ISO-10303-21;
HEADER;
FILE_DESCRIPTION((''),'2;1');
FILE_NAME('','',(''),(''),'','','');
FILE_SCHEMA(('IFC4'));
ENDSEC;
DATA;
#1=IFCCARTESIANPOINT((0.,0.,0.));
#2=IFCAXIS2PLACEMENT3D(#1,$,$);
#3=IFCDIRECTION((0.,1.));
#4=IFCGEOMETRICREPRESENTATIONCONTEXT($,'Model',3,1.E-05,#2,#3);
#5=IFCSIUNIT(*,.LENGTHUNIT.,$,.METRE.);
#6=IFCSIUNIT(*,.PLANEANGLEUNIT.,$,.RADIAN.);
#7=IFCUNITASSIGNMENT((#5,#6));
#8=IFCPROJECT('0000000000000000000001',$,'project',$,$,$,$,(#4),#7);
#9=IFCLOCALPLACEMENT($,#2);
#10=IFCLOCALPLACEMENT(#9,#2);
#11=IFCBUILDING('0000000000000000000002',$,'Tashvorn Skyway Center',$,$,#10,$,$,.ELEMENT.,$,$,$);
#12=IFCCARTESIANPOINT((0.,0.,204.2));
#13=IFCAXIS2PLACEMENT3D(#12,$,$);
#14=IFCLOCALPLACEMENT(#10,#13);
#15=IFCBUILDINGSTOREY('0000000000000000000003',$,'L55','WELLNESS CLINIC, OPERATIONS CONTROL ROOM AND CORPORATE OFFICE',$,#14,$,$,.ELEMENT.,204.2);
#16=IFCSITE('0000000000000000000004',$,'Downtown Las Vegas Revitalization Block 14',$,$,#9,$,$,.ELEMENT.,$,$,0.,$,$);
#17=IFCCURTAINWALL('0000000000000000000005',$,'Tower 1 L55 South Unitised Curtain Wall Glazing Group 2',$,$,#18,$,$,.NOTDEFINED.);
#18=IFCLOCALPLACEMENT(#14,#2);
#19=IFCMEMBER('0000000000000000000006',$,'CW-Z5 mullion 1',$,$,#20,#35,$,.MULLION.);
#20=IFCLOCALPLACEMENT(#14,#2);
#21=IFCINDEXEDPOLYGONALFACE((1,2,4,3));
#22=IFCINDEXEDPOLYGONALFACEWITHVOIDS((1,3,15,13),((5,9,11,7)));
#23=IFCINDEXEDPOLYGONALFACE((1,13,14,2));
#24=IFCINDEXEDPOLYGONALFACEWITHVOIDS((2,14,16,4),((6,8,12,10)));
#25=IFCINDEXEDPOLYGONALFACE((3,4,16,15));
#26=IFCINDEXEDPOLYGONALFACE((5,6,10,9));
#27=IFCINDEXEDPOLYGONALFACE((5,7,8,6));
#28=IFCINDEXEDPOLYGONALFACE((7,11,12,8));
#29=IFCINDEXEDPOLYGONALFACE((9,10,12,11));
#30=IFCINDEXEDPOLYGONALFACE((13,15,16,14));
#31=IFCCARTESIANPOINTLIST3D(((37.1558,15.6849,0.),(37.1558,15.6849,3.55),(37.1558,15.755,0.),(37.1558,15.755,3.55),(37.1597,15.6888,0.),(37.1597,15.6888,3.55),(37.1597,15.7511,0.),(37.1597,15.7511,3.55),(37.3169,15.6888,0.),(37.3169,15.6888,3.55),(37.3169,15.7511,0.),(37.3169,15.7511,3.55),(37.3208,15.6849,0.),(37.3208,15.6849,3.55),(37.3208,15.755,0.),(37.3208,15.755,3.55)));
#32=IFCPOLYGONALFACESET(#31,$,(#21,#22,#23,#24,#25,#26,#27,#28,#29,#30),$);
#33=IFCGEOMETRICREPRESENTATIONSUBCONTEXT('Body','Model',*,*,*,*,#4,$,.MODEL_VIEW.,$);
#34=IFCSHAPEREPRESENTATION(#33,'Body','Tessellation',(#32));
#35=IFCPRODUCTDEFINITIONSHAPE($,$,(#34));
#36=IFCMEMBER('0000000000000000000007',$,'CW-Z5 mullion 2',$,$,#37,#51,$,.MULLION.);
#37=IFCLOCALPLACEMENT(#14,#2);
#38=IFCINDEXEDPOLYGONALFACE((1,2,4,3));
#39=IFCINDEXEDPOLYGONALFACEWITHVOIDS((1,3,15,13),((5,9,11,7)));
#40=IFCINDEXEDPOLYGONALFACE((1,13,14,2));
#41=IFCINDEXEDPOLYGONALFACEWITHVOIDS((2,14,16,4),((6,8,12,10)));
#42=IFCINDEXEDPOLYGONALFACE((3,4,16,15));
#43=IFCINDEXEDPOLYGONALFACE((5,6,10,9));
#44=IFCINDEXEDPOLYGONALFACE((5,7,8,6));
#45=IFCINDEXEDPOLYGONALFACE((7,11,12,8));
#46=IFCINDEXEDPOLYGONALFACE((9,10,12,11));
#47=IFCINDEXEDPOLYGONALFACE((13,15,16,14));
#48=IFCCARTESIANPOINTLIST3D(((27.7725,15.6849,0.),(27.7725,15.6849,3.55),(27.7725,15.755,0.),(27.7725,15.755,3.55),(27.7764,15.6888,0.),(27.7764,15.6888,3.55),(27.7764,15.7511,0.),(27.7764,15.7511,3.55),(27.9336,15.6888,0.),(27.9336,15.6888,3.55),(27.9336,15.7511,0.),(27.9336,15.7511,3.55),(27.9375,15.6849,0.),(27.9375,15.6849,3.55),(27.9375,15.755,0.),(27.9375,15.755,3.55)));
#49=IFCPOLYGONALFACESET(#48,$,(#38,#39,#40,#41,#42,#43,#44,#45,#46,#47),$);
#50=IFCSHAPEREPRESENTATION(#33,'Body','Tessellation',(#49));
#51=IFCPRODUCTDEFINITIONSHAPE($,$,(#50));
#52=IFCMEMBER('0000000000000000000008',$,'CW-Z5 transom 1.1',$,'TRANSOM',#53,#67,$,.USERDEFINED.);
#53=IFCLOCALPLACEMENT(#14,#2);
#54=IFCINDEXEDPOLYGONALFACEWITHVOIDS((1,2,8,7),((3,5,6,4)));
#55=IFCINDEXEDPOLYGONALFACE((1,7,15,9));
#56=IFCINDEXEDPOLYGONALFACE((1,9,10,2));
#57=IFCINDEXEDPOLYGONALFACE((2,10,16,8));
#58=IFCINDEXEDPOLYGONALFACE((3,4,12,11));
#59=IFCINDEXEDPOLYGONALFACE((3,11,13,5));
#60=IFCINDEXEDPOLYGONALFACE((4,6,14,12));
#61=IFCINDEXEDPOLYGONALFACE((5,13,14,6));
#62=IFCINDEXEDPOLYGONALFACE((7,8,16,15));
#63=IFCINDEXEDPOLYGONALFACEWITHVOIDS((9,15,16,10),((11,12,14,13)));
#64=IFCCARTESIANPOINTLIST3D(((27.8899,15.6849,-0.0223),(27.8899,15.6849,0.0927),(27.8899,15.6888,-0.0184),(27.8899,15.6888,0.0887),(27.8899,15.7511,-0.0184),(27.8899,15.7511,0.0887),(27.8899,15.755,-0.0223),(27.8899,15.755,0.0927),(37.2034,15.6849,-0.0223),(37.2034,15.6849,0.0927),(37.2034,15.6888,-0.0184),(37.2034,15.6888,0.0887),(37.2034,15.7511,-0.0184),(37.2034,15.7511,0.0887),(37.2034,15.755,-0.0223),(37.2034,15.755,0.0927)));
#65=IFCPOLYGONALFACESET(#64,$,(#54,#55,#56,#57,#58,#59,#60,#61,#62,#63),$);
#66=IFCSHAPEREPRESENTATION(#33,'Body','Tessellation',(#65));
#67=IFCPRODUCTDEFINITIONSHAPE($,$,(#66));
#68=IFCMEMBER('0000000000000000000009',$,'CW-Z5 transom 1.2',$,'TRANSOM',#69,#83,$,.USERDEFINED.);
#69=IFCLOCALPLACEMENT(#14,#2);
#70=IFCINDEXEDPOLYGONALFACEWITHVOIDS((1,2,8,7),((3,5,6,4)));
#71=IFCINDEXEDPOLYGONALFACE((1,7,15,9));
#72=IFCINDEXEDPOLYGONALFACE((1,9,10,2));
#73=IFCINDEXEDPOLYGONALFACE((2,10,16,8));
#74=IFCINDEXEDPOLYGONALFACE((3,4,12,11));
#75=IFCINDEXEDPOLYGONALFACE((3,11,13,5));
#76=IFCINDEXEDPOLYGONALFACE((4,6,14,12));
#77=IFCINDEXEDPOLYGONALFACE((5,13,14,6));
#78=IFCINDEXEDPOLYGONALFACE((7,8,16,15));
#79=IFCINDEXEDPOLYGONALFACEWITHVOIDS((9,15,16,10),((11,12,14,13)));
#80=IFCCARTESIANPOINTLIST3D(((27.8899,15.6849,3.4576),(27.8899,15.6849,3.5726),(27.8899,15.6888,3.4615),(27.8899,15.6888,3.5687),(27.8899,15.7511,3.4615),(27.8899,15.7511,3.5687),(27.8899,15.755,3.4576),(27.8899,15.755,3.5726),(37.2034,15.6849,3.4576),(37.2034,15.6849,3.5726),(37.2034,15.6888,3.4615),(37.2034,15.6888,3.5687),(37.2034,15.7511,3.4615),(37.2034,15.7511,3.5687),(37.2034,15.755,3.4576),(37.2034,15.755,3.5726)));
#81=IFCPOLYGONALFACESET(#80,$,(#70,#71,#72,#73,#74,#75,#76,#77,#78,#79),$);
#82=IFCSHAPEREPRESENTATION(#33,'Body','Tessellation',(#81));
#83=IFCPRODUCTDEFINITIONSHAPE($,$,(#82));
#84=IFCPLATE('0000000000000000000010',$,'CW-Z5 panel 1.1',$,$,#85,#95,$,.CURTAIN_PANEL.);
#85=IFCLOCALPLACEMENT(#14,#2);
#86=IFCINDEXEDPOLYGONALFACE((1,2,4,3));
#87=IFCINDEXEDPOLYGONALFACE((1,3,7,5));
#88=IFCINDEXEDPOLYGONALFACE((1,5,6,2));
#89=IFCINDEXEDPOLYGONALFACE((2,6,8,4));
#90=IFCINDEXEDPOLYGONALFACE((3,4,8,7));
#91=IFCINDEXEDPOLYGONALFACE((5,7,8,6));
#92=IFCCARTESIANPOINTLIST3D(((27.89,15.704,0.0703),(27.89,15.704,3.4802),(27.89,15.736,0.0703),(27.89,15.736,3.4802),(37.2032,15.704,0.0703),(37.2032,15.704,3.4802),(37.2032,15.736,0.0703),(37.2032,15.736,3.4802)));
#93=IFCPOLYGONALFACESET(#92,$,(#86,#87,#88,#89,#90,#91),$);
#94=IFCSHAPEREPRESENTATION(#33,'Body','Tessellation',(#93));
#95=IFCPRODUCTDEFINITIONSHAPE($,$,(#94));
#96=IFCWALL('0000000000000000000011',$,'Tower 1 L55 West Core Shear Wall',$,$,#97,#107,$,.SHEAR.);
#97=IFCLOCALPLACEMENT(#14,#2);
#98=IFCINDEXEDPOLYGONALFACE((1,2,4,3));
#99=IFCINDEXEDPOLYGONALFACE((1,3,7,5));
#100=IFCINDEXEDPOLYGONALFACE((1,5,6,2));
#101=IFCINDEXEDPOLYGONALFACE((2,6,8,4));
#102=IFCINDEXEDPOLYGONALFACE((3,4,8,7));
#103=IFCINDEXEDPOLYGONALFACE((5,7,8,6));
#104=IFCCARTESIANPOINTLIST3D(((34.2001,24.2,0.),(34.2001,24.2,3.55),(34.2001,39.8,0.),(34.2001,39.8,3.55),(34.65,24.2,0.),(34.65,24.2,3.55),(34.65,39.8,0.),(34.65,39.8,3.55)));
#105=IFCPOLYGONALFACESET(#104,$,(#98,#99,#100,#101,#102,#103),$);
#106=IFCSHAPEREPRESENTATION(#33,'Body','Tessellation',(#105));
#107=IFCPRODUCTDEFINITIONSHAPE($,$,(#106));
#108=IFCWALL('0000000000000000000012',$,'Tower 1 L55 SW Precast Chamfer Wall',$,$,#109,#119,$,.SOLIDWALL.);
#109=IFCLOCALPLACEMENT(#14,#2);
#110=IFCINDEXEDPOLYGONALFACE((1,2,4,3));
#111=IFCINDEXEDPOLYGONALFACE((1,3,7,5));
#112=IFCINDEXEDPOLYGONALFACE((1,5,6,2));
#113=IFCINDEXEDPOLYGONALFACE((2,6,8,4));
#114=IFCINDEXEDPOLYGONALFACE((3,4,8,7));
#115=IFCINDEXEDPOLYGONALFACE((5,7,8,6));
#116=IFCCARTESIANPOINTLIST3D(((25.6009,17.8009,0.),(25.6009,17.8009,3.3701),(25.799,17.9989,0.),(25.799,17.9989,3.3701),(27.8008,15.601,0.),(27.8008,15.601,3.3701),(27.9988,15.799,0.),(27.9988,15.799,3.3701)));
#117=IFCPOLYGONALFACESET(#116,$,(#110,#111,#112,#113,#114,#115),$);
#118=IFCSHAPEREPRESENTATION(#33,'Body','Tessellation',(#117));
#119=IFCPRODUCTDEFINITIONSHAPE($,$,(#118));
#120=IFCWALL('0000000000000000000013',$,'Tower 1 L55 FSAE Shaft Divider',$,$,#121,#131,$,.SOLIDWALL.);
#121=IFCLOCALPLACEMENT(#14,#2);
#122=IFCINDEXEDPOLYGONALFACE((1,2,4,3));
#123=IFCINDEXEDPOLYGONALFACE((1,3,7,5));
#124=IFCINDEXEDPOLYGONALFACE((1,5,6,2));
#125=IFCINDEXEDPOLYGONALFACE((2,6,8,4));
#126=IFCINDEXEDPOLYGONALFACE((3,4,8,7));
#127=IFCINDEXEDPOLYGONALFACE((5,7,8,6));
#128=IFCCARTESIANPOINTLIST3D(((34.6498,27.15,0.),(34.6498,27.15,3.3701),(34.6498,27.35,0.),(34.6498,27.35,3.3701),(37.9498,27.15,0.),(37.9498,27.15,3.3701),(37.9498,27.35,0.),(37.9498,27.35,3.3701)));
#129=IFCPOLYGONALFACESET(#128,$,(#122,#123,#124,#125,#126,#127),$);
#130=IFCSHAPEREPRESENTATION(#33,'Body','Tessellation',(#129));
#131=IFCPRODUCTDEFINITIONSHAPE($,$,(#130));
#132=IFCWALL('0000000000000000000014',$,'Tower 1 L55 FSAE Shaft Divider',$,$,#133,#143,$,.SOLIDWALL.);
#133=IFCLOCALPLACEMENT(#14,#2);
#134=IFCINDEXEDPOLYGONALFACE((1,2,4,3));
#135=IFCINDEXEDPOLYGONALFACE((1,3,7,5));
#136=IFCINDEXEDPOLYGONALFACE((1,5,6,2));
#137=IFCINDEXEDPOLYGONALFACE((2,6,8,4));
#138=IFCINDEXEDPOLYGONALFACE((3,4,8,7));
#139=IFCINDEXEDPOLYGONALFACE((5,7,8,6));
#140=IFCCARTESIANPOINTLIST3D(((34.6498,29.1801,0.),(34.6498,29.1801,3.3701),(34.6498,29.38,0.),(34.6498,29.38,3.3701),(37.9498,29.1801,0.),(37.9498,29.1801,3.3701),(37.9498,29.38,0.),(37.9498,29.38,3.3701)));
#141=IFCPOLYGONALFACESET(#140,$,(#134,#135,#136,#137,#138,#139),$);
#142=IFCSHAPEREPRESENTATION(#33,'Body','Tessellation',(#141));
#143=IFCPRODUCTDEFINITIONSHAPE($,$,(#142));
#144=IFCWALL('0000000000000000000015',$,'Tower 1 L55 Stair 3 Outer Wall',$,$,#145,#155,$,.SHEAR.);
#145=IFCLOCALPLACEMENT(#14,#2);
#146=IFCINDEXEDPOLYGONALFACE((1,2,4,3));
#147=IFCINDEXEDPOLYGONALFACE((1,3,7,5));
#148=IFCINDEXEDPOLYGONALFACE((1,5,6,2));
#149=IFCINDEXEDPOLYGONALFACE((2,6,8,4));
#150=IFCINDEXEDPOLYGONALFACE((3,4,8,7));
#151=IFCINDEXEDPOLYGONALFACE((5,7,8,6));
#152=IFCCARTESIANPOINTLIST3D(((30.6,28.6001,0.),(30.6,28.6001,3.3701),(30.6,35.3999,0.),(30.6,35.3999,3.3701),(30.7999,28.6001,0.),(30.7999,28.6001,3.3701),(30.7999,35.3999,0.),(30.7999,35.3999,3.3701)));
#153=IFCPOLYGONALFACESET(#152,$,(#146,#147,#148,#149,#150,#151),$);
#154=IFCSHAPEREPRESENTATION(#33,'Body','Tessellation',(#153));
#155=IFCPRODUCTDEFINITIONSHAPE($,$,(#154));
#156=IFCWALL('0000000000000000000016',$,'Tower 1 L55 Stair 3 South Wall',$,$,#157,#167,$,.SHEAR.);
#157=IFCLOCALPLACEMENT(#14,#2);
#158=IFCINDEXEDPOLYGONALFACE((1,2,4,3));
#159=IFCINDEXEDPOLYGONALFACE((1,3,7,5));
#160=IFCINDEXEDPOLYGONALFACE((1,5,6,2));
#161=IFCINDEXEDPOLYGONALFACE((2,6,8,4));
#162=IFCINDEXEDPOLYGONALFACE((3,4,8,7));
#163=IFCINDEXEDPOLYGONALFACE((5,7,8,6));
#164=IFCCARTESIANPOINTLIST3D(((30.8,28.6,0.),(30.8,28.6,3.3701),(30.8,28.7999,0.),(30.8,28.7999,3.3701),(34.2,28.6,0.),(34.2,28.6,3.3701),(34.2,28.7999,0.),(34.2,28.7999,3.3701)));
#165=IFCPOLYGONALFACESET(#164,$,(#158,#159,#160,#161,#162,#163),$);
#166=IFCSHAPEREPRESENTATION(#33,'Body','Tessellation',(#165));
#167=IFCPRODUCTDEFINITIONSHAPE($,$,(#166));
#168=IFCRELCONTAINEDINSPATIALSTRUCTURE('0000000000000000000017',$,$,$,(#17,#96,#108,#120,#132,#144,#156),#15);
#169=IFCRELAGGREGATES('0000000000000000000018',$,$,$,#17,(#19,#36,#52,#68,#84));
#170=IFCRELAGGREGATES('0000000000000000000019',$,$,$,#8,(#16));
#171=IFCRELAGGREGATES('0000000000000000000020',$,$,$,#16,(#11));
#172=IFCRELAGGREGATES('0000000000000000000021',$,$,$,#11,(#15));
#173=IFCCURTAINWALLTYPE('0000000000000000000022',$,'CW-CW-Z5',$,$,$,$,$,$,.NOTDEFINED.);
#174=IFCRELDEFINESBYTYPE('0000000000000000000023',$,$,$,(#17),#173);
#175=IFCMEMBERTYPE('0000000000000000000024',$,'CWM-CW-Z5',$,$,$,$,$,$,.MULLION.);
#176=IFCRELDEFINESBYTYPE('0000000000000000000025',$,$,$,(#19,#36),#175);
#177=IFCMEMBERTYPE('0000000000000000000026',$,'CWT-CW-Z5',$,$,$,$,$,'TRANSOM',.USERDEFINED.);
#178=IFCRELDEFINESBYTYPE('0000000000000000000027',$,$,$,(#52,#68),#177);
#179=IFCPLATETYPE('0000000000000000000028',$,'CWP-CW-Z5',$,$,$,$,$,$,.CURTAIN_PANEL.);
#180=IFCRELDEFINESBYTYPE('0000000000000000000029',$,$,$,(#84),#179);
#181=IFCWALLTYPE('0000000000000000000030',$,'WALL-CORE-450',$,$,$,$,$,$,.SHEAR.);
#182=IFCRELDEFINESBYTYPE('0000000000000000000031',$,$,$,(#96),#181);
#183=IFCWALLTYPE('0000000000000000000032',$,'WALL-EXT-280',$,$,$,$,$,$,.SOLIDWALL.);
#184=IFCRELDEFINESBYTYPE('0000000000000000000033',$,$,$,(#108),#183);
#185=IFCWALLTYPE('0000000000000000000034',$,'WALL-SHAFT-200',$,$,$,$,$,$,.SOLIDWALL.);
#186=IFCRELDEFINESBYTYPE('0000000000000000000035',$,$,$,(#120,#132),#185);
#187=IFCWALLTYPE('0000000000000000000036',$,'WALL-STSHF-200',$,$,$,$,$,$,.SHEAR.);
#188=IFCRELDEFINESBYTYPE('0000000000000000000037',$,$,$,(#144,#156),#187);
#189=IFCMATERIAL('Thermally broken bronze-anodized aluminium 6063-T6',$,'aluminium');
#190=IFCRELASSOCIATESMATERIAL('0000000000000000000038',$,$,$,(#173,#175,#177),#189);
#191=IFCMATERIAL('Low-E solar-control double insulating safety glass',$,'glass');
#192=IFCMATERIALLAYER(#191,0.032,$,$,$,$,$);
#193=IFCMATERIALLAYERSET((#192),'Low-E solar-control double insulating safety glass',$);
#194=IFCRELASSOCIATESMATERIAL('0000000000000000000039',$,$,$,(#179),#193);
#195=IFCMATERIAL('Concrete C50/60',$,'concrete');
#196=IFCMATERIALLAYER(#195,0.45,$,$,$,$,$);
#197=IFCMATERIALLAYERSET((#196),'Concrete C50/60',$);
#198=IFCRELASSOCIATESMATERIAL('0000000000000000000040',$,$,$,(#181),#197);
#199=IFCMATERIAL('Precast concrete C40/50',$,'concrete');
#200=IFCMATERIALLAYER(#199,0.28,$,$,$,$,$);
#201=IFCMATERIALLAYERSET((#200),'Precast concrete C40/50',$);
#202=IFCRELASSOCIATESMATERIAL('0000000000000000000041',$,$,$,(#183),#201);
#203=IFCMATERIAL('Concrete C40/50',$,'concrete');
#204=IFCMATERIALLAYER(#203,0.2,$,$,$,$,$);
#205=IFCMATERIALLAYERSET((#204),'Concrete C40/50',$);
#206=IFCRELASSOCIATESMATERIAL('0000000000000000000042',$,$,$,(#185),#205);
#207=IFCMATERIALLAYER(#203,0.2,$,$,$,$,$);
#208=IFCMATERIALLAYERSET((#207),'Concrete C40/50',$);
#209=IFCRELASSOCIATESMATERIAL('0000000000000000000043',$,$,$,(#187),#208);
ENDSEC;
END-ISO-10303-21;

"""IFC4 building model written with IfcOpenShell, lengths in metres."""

from ifc_helpers import new_model, si_unit, direction, frame, frame_2d, origin, origin_2d, place, context, subcontext, project, spatial, rectangle, hollow_rectangle, extrude, material, layer, layer_set, material_profile, profile_set, type_object, element, aggregate, save


model = new_model("IFC4")

# Units and contexts
model_context = context("Model", 3, precision=1e-05, world=origin(), true_north=direction((0.0, 1.0)))
body_context = subcontext(model_context, "Body", "Model", "MODEL_VIEW")
ifc_project = project(units=[si_unit("LENGTHUNIT", "METRE"), si_unit("PLANEANGLEUNIT", "RADIAN")], contexts=[model_context])

# Site, building, storey
site_placement = place(None, origin())
site = spatial("IfcSite", under=ifc_project, at=site_placement, Name="Downtown Las Vegas Revitalization Block 14", CompositionType="ELEMENT", RefElevation=0.0)
building_placement = place(site_placement, origin())
building = spatial("IfcBuilding", under=site, at=building_placement, Name="Tashvorn Skyway Center", CompositionType="ELEMENT")
storey_placement = place(building_placement, frame((0.0, 0.0, 204.2)))
storey = spatial("IfcBuildingStorey", under=building, at=storey_placement, Name="L55", Description="WELLNESS CLINIC, OPERATIONS CONTROL ROOM AND CORPORATE OFFICE", CompositionType="ELEMENT", Elevation=204.2)

# Curtain wall, members, plate
ifc_material_1 = material(Name="Thermally broken bronze-anodized aluminium 6063-T6", Category="aluminium")
curtain_wall_type = type_object("IfcCurtainWallType", Name="CW-CW-Z5", PredefinedType="NOTDEFINED", material=ifc_material_1)
curtain_wall_placement = place(storey_placement, origin())
curtain_wall = element("IfcCurtainWall", 1, at=curtain_wall_placement, inside=storey, type_object=curtain_wall_type, Name="Tower 1 L55 South Unitised Curtain Wall Glazing Group 2", PredefinedType="NOTDEFINED")
ifc_material_profile_1 = material_profile(ifc_material_1, hollow_rectangle(XDim=0.0701, YDim=0.165, WallThickness=0.0039, at=origin_2d()), Name="ALU-MULL-70x165")
ifc_profile_set_1 = profile_set([ifc_material_profile_1], Name="Thermally broken bronze-anodized aluminium 6063-T6")
member_type_1 = type_object("IfcMemberType", Name="CWM-CW-Z5", PredefinedType="MULLION", material=ifc_profile_set_1)
member_1_placement = place(storey_placement, frame((37.2383, 15.72, 0.0), z_axis=(0.0, 0.0, 1.0), x_axis=(0.0, -1.0, 0.0)))
member_1 = element("IfcMember", 2, at=member_1_placement, type_object=member_type_1, Name="CW-Z5 mullion 1", PredefinedType="MULLION", context=body_context, shape_type="SweptSolid", body=[
    extrude(hollow_rectangle(XDim=0.0701, YDim=0.165, WallThickness=0.0039, at=origin_2d()), origin(), (0.0, 0.0, 1.0), 3.55),
])
member_2_placement = place(storey_placement, frame((27.855, 15.72, 0.0), z_axis=(0.0, 0.0, 1.0), x_axis=(0.0, -1.0, 0.0)))
member_2 = element("IfcMember", 3, at=member_2_placement, type_object=member_type_1, Name="CW-Z5 mullion 2", PredefinedType="MULLION", context=body_context, shape_type="SweptSolid", body=[
    extrude(hollow_rectangle(XDim=0.0701, YDim=0.165, WallThickness=0.0039, at=origin_2d()), origin(), (0.0, 0.0, 1.0), 3.55),
])
ifc_material_profile_2 = material_profile(ifc_material_1, hollow_rectangle(XDim=0.0701, YDim=0.115, WallThickness=0.0039, at=origin_2d()), Name="ALU-TRAN-70x115")
ifc_profile_set_2 = profile_set([ifc_material_profile_2], Name="Thermally broken bronze-anodized aluminium 6063-T6")
member_type_2 = type_object("IfcMemberType", Name="CWT-CW-Z5", ElementType="TRANSOM", PredefinedType="USERDEFINED", material=ifc_profile_set_2)
member_3_placement = place(storey_placement, frame((37.2034, 15.72, 0.0352), z_axis=(-1.0, 0.0, 0.0), x_axis=(0.0, -1.0, 0.0)))
member_3 = element("IfcMember", 4, at=member_3_placement, type_object=member_type_2, Name="CW-Z5 transom 1.1", ObjectType="TRANSOM", PredefinedType="USERDEFINED", context=body_context, shape_type="SweptSolid", body=[
    extrude(hollow_rectangle(XDim=0.0701, YDim=0.115, WallThickness=0.0039, at=origin_2d()), origin(), (0.0, 0.0, 1.0), 9.3135),
])
member_4_placement = place(storey_placement, frame((37.2034, 15.72, 3.5151), z_axis=(-1.0, 0.0, 0.0), x_axis=(0.0, -1.0, 0.0)))
member_4 = element("IfcMember", 5, at=member_4_placement, type_object=member_type_2, Name="CW-Z5 transom 1.2", ObjectType="TRANSOM", PredefinedType="USERDEFINED", context=body_context, shape_type="SweptSolid", body=[
    extrude(hollow_rectangle(XDim=0.0701, YDim=0.115, WallThickness=0.0039, at=origin_2d()), origin(), (0.0, 0.0, 1.0), 9.3135),
])
ifc_material_2 = material(Name="Low-E solar-control double insulating safety glass", Category="glass")
ifc_layer_1 = layer(ifc_material_2, 0.032)
ifc_layer_set_1 = layer_set([ifc_layer_1], Name="Low-E solar-control double insulating safety glass")
plate_type = type_object("IfcPlateType", Name="CWP-CW-Z5", PredefinedType="CURTAIN_PANEL", material=ifc_layer_set_1)
plate_placement = place(storey_placement, frame((32.5466, 15.72, 0.0703), z_axis=(0.0, 0.0, 1.0), x_axis=(-1.0, 0.0, 0.0)))
plate = element("IfcPlate", 6, at=plate_placement, type_object=plate_type, Name="CW-Z5 panel 1.1", PredefinedType="CURTAIN_PANEL", context=body_context, shape_type="SweptSolid", body=[
    extrude(rectangle(XDim=9.3132, YDim=0.032, at=origin_2d()), origin(), (0.0, 0.0, 1.0), 3.4099),
])
aggregate(curtain_wall, [member_1, member_2, member_3, member_4, plate])

# Walls
ifc_material_3 = material(Name="Concrete C50/60", Category="concrete")
ifc_layer_2 = layer(ifc_material_3, 0.45)
ifc_layer_set_2 = layer_set([ifc_layer_2], Name="Concrete C50/60")
wall_type_1 = type_object("IfcWallType", Name="WALL-CORE-450", PredefinedType="SHEAR", material=ifc_layer_set_2)
wall_1_placement = place(storey_placement, frame((34.425, 24.2, 0.0), z_axis=(0.0, 0.0, 1.0), x_axis=(0.0, 1.0, 0.0)))
element("IfcWall", 7, at=wall_1_placement, inside=storey, type_object=wall_type_1, Name="Tower 1 L55 West Core Shear Wall", PredefinedType="SHEAR", context=body_context, shape_type="SweptSolid", body=[
    extrude(rectangle(XDim=15.6001, YDim=0.45, at=frame_2d((7.8, 0.0))), origin(), (0.0, 0.0, 1.0), 3.55),
])
ifc_material_4 = material(Name="Precast concrete C40/50", Category="concrete")
ifc_layer_3 = layer(ifc_material_4, 0.28)
ifc_layer_set_3 = layer_set([ifc_layer_3], Name="Precast concrete C40/50")
wall_type_2 = type_object("IfcWallType", Name="WALL-EXT-280", PredefinedType="SOLIDWALL", material=ifc_layer_set_3)
wall_2_placement = place(storey_placement, frame((27.8999, 15.7, 0.0), z_axis=(0.0, 0.0, 1.0), x_axis=(-0.707107, 0.707107, 0.0)))
element("IfcWall", 8, at=wall_2_placement, inside=storey, type_object=wall_type_2, Name="Tower 1 L55 SW Precast Chamfer Wall", PredefinedType="SOLIDWALL", context=body_context, shape_type="SweptSolid", body=[
    extrude(rectangle(XDim=3.1111, YDim=0.28, at=frame_2d((1.5557, 0.0))), origin(), (0.0, 0.0, 1.0), 3.3701),
])
ifc_material_5 = material(Name="Concrete C40/50", Category="concrete")
ifc_layer_4 = layer(ifc_material_5, 0.2)
ifc_layer_set_4 = layer_set([ifc_layer_4], Name="Concrete C40/50")
wall_type_3 = type_object("IfcWallType", Name="WALL-SHAFT-200", PredefinedType="SOLIDWALL", material=ifc_layer_set_4)
for number, where, z_axis, x_axis, name in (
    (9, (34.6499, 27.25, 0.0), (0.0, 0.0, 1.0), (1.0, 0.0, 0.0), "Tower 1 L55 FSAE Shaft Divider"),
    (10, (34.6499, 29.28, 0.0), (0.0, 0.0, 1.0), (1.0, 0.0, 0.0), "Tower 1 L55 FSAE Shaft Divider"),
):
    element("IfcWall", number, at=place(storey_placement, frame(where, z_axis=z_axis, x_axis=x_axis)), inside=storey, type_object=wall_type_3, Name=name, PredefinedType="SOLIDWALL", context=body_context, shape_type="SweptSolid", body=[
        extrude(rectangle(XDim=3.3, YDim=0.2, at=frame_2d((1.6499, 0.0))), origin(), (0.0, 0.0, 1.0), 3.3701),
    ])
ifc_layer_5 = layer(ifc_material_5, 0.2)
ifc_layer_set_5 = layer_set([ifc_layer_5], Name="Concrete C40/50")
wall_type_4 = type_object("IfcWallType", Name="WALL-STSHF-200", PredefinedType="SHEAR", material=ifc_layer_set_5)
wall_3_placement = place(storey_placement, frame((30.7, 28.6001, 0.0), z_axis=(0.0, 0.0, 1.0), x_axis=(0.0, 1.0, 0.0)))
element("IfcWall", 11, at=wall_3_placement, inside=storey, type_object=wall_type_4, Name="Tower 1 L55 Stair 3 Outer Wall", PredefinedType="SHEAR", context=body_context, shape_type="SweptSolid", body=[
    extrude(rectangle(XDim=6.7998, YDim=0.2, at=frame_2d((3.3999, 0.0))), origin(), (0.0, 0.0, 1.0), 3.3701),
])
wall_4_placement = place(storey_placement, frame((30.8, 28.7, 0.0), z_axis=(0.0, 0.0, 1.0), x_axis=(1.0, 0.0, 0.0)))
element("IfcWall", 12, at=wall_4_placement, inside=storey, type_object=wall_type_4, Name="Tower 1 L55 Stair 3 South Wall", PredefinedType="SHEAR", context=body_context, shape_type="SweptSolid", body=[
    extrude(rectangle(XDim=3.3999, YDim=0.2, at=frame_2d((1.7, 0.0))), origin(), (0.0, 0.0, 1.0), 3.3701),
])

save(model, "model.ifc")
